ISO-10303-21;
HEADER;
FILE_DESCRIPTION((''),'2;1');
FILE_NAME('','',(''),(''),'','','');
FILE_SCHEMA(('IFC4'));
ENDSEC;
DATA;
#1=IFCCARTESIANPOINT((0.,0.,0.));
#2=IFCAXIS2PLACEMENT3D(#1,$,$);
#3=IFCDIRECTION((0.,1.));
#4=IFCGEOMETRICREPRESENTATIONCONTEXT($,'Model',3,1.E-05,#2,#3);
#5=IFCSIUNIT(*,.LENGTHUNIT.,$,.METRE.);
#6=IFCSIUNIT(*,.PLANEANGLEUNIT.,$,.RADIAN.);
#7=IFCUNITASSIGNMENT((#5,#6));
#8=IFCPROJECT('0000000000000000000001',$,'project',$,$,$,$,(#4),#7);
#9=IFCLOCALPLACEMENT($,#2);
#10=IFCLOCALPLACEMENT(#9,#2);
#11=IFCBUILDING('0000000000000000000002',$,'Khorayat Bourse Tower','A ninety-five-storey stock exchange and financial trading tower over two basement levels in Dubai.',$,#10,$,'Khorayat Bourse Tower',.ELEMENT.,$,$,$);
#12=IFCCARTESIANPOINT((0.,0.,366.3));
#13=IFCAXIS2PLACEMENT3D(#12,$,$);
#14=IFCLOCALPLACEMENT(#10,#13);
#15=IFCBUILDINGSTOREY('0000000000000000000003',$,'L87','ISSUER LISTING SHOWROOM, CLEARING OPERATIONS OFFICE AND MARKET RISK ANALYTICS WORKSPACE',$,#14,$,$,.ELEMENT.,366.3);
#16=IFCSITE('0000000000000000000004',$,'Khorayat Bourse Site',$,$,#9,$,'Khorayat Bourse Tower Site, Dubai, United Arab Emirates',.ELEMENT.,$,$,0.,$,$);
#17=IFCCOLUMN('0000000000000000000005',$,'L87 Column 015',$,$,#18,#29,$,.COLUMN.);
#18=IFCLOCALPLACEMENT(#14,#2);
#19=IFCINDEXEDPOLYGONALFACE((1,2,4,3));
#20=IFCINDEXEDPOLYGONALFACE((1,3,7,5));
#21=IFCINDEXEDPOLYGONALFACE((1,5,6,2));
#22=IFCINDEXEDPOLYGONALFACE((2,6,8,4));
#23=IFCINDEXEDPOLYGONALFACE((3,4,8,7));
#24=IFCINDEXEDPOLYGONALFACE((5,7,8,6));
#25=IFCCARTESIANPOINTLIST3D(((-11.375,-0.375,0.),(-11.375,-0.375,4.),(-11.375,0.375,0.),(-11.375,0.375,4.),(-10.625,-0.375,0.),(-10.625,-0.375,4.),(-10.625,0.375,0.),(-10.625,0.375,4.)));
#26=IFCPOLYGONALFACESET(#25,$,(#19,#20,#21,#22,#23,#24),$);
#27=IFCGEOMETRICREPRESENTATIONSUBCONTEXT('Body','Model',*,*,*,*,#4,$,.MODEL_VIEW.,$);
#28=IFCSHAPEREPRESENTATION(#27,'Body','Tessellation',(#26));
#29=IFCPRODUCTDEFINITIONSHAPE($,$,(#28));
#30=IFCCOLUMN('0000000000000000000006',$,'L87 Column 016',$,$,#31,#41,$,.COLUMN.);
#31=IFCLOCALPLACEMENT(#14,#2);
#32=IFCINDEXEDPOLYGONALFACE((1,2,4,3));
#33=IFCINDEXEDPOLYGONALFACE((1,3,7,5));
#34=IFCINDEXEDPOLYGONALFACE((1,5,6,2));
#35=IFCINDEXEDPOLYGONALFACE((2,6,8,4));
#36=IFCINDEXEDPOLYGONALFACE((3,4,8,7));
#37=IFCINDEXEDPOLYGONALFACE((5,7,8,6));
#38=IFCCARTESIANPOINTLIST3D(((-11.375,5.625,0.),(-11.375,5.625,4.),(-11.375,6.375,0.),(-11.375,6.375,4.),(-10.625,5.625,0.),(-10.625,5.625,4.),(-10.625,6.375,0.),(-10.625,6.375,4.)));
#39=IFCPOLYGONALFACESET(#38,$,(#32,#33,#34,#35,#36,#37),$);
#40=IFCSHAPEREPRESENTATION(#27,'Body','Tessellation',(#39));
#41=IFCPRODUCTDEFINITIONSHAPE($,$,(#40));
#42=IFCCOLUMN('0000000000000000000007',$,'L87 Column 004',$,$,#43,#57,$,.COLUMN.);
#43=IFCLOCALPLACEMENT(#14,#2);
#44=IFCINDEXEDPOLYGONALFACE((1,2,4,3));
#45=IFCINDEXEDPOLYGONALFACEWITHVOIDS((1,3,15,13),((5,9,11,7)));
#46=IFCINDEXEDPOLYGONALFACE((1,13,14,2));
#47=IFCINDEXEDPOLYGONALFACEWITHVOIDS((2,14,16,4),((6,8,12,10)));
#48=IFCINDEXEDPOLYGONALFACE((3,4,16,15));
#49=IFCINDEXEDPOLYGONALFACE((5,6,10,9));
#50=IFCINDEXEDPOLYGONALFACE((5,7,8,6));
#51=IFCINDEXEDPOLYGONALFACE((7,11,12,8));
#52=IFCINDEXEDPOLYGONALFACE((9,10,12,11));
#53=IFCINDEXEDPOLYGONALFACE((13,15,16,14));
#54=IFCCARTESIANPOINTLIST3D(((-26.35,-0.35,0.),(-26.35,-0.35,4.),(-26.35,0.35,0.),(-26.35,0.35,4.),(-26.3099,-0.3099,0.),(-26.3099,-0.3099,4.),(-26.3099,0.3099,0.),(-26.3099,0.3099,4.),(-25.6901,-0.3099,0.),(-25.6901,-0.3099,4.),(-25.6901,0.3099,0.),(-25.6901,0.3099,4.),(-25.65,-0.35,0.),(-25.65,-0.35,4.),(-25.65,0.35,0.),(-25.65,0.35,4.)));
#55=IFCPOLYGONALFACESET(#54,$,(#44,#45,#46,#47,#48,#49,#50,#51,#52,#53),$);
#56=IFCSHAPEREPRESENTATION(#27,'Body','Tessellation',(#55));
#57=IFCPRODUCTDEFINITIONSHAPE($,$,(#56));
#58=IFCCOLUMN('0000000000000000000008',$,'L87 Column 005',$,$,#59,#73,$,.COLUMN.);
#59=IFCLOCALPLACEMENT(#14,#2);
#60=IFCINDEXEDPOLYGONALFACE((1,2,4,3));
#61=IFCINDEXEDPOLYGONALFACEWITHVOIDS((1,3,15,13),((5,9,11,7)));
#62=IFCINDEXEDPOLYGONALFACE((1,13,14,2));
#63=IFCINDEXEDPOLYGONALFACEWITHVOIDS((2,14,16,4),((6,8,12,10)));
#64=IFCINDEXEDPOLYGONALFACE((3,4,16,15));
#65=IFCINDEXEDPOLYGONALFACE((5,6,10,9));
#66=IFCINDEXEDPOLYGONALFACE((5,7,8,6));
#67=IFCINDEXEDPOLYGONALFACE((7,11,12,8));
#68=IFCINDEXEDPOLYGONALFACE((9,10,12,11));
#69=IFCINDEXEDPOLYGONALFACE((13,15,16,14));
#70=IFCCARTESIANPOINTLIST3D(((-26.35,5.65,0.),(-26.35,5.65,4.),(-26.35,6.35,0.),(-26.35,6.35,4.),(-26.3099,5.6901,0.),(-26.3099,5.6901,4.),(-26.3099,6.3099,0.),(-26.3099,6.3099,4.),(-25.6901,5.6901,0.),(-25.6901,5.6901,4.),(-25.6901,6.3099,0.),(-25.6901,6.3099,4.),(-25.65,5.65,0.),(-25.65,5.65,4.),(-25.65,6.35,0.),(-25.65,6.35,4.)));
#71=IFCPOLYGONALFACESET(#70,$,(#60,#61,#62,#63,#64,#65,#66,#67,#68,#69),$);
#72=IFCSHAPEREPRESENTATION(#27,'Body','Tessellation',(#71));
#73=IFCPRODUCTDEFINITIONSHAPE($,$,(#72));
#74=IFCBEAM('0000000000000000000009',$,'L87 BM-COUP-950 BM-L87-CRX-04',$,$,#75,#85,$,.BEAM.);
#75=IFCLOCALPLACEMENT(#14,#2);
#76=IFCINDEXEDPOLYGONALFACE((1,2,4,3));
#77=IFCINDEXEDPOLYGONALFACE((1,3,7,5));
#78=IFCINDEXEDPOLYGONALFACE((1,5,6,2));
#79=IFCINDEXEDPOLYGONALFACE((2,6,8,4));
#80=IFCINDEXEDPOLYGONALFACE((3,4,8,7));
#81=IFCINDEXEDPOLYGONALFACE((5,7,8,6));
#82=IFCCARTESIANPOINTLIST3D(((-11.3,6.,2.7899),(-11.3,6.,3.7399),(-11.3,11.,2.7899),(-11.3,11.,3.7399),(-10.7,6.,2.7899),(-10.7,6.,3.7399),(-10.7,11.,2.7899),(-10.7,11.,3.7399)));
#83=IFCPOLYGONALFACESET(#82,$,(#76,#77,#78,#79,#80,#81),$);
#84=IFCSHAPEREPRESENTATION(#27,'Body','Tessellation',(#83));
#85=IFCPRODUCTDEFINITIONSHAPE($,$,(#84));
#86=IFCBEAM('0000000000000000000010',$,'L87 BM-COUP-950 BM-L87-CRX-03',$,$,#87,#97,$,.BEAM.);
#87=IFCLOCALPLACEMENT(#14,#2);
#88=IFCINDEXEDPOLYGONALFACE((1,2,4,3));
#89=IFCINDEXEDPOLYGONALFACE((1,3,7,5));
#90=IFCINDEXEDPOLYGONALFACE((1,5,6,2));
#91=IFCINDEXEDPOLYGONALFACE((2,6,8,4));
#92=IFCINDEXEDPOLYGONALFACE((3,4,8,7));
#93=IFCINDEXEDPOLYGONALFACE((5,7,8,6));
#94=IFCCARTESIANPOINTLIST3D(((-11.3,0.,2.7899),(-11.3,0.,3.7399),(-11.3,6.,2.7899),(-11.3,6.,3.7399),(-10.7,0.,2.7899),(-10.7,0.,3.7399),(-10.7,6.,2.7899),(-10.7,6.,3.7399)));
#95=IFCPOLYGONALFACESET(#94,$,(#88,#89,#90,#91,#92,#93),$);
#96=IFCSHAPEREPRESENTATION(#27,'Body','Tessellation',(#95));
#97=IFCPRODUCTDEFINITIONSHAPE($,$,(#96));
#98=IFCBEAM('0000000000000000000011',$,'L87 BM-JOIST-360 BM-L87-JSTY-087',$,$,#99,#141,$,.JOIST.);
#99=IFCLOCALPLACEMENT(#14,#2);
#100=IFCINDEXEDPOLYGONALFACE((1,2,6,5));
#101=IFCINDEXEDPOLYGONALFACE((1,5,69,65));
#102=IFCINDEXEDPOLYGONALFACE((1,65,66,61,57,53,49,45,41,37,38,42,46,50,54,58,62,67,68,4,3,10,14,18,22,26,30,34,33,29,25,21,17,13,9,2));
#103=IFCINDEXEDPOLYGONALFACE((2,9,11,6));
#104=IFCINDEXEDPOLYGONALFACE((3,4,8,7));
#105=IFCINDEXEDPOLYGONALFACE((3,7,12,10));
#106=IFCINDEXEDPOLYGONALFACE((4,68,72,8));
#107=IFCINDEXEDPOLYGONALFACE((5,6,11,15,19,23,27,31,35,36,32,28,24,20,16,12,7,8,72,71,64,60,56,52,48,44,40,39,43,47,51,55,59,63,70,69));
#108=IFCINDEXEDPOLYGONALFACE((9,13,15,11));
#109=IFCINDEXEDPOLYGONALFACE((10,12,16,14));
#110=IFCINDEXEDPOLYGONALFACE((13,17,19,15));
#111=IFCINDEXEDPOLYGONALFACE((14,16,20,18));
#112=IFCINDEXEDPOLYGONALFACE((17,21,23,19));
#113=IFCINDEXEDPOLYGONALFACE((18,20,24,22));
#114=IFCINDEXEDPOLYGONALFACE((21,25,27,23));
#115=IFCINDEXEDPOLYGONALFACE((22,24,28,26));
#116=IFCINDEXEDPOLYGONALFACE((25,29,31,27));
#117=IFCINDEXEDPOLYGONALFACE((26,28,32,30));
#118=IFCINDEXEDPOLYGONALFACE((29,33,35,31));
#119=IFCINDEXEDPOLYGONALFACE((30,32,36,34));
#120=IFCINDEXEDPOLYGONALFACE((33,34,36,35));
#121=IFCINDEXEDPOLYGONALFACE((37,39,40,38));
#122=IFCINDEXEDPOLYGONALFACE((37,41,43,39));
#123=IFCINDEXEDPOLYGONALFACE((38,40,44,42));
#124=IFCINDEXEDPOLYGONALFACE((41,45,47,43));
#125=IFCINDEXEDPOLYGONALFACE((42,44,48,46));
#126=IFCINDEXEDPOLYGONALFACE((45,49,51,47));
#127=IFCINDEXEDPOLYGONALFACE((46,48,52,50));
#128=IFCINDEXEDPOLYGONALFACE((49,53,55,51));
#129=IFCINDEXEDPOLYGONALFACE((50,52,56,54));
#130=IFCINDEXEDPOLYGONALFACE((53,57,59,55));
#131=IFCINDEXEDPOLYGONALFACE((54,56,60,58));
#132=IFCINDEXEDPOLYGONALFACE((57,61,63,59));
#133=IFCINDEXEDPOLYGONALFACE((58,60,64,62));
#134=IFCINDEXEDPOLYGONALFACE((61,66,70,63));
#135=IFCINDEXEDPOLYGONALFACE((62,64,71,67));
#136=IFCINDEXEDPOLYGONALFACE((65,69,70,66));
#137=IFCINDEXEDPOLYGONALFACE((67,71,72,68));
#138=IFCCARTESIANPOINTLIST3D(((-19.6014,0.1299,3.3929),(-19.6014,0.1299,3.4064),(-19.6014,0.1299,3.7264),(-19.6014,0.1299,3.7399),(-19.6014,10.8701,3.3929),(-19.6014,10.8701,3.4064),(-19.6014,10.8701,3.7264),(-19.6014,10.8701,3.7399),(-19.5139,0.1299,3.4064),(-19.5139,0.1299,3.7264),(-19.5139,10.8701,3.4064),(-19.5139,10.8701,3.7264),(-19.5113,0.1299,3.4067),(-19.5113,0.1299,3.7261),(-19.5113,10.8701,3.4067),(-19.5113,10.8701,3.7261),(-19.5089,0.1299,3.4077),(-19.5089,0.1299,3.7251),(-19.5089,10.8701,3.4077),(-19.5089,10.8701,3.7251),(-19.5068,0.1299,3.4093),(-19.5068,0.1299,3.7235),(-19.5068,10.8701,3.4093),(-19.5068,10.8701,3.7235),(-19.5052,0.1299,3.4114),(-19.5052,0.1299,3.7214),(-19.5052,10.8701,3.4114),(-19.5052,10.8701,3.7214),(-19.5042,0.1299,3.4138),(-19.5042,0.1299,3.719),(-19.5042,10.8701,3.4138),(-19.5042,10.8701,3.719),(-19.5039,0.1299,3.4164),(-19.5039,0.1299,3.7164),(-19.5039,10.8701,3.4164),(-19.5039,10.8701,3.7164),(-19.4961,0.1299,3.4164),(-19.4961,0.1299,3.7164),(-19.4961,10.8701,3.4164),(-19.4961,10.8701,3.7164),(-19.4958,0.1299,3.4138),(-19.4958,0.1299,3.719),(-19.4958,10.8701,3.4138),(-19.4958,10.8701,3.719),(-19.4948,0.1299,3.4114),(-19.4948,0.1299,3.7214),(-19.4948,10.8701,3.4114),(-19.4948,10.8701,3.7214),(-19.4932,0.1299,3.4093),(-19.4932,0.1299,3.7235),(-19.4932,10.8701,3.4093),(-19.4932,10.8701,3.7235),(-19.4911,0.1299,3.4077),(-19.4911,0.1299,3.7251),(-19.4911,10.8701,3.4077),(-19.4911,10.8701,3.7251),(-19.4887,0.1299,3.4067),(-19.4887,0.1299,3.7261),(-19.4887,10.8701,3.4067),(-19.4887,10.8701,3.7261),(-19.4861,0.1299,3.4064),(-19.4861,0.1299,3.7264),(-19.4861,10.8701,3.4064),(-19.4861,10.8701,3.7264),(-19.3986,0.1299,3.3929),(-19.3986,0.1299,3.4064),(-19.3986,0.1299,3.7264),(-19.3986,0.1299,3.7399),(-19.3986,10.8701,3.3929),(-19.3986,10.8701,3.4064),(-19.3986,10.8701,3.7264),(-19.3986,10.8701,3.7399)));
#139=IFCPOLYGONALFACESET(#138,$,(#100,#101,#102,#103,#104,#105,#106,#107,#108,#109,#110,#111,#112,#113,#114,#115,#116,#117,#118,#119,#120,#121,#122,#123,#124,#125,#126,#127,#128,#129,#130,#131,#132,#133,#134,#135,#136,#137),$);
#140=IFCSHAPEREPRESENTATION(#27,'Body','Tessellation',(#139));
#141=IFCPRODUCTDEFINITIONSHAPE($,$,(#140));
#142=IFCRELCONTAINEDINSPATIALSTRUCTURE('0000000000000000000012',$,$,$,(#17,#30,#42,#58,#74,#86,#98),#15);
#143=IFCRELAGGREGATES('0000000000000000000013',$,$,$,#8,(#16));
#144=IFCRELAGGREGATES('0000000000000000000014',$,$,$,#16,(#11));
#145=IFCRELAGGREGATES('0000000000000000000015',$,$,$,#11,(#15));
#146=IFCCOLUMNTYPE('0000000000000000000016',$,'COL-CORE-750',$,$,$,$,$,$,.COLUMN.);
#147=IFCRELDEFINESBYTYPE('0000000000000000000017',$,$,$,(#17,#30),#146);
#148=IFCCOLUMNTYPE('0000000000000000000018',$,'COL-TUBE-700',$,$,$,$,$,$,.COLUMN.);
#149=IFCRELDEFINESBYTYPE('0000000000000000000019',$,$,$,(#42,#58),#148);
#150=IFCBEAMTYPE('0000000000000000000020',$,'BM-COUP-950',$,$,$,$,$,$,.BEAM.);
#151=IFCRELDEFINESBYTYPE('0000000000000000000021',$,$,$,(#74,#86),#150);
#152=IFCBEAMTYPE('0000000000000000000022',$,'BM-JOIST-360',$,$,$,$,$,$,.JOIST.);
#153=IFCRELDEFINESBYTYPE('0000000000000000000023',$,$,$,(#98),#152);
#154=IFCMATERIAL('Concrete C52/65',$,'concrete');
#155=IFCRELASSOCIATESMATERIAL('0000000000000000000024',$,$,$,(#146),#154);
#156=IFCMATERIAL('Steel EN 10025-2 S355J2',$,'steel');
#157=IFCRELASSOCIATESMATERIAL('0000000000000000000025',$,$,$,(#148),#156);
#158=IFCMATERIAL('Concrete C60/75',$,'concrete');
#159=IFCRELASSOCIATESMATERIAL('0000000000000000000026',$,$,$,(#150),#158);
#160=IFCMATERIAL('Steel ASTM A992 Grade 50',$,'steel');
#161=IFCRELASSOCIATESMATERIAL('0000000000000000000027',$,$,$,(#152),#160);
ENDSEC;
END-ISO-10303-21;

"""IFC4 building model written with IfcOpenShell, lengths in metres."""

from ifc_helpers import new_model, si_unit, direction, frame, origin, origin_2d, place, context, subcontext, project, spatial, rectangle, hollow_rectangle, i_section, extrude, source, transform, mapped, material, material_profile, profile_set, type_object, element, save


model = new_model("IFC4")

# Units and contexts
model_context = context("Model", 3, precision=1e-05, world=origin(), true_north=direction((0.0, 1.0)))
body_context = subcontext(model_context, "Body", "Model", "MODEL_VIEW")
ifc_project = project(units=[si_unit("LENGTHUNIT", "METRE"), si_unit("PLANEANGLEUNIT", "RADIAN")], contexts=[model_context])

# Site, building, storey
site_placement = place(None, origin())
site = spatial("IfcSite", under=ifc_project, at=site_placement, Name="Khorayat Bourse Site", LongName="Khorayat Bourse Tower Site, Dubai, United Arab Emirates", CompositionType="ELEMENT", RefElevation=0.0)
building_placement = place(site_placement, origin())
building = spatial("IfcBuilding", under=site, at=building_placement, Name="Khorayat Bourse Tower", Description="A ninety-five-storey stock exchange and financial trading tower over two basement levels in Dubai.", LongName="Khorayat Bourse Tower", CompositionType="ELEMENT")
storey_placement = place(building_placement, frame((0.0, 0.0, 366.3)))
storey = spatial("IfcBuildingStorey", under=building, at=storey_placement, Name="L87", Description="ISSUER LISTING SHOWROOM, CLEARING OPERATIONS OFFICE AND MARKET RISK ANALYTICS WORKSPACE", CompositionType="ELEMENT", Elevation=366.3)

# Columns
ifc_material_1 = material(Name="Concrete C52/65", Category="concrete")
ifc_material_profile_1 = material_profile(ifc_material_1, rectangle(XDim=0.75, YDim=0.75, at=origin_2d()), Name="RC 750x750")
ifc_profile_set_1 = profile_set([ifc_material_profile_1], Name="Concrete C52/65")
column_type_1 = type_object("IfcColumnType", Name="COL-CORE-750", PredefinedType="COLUMN", material=ifc_profile_set_1)
shared_shape_1 = source(origin(), body_context, "Body", "SweptSolid", [
    extrude(rectangle(XDim=0.75, YDim=0.75, at=origin_2d()), origin(), (0.0, 0.0, 1.0), 4.0),
])
for number, where, z_axis, x_axis, name in (
    (1, (-11.0, 0.0, 0.0), (0.0, 0.0, 1.0), (1.0, 0.0, 0.0), "L87 Column 015"),
    (2, (-11.0, 6.0, 0.0), (0.0, 0.0, 1.0), (1.0, 0.0, 0.0), "L87 Column 016"),
):
    element("IfcColumn", number, at=place(storey_placement, frame(where, z_axis=z_axis, x_axis=x_axis)), inside=storey, type_object=column_type_1, Name=name, PredefinedType="COLUMN", context=body_context, shape_type="MappedRepresentation", body=[
        mapped(shared_shape_1, transform((0.0, 0.0, 0.0), scale=1.0)),
    ])
ifc_material_2 = material(Name="Steel EN 10025-2 S355J2", Category="steel")
ifc_material_profile_2 = material_profile(ifc_material_2, hollow_rectangle(XDim=0.7, YDim=0.7, WallThickness=0.04, at=origin_2d()), Name="BOX 700x700x40")
ifc_profile_set_2 = profile_set([ifc_material_profile_2], Name="Steel EN 10025-2 S355J2")
column_type_2 = type_object("IfcColumnType", Name="COL-TUBE-700", PredefinedType="COLUMN", material=ifc_profile_set_2)
shared_shape_2 = source(origin(), body_context, "Body", "SweptSolid", [
    extrude(hollow_rectangle(XDim=0.7, YDim=0.7, WallThickness=0.04, at=origin_2d()), origin(), (0.0, 0.0, 1.0), 4.0),
])
for number, where, z_axis, x_axis, name in (
    (3, (-26.0, 0.0, 0.0), (0.0, 0.0, 1.0), (1.0, 0.0, 0.0), "L87 Column 004"),
    (4, (-26.0, 6.0, 0.0), (0.0, 0.0, 1.0), (1.0, 0.0, 0.0), "L87 Column 005"),
):
    element("IfcColumn", number, at=place(storey_placement, frame(where, z_axis=z_axis, x_axis=x_axis)), inside=storey, type_object=column_type_2, Name=name, PredefinedType="COLUMN", context=body_context, shape_type="MappedRepresentation", body=[
        mapped(shared_shape_2, transform((0.0, 0.0, 0.0), scale=1.0)),
    ])

# Beams
ifc_material_3 = material(Name="Concrete C60/75", Category="concrete")
ifc_material_profile_3 = material_profile(ifc_material_3, rectangle(XDim=0.6001, YDim=0.95, at=origin_2d()), Name="RC 600x950")
ifc_profile_set_3 = profile_set([ifc_material_profile_3], Name="Concrete C60/75")
beam_type_1 = type_object("IfcBeamType", Name="BM-COUP-950", PredefinedType="BEAM", material=ifc_profile_set_3)
shared_shape_3 = source(origin(), body_context, "Body", "SweptSolid", [
    extrude(rectangle(XDim=0.6001, YDim=0.95, at=origin_2d()), origin(), (0.0, 0.0, 1.0), 5.0),
])
beam_1_placement = place(storey_placement, frame((-11.0, 6.0, 3.2649), z_axis=(0.0, 1.0, 0.0), x_axis=(-1.0, 0.0, 0.0)))
element("IfcBeam", 5, at=beam_1_placement, inside=storey, type_object=beam_type_1, Name="L87 BM-COUP-950 BM-L87-CRX-04", PredefinedType="BEAM", context=body_context, shape_type="MappedRepresentation", body=[
    mapped(shared_shape_3, transform((0.0, 0.0, 0.0), scale=1.0)),
])
shared_shape_4 = source(origin(), body_context, "Body", "SweptSolid", [
    extrude(rectangle(XDim=0.6001, YDim=0.95, at=origin_2d()), origin(), (0.0, 0.0, 1.0), 6.0),
])
beam_2_placement = place(storey_placement, frame((-11.0, 0.0, 3.2649), z_axis=(0.0, 1.0, 0.0), x_axis=(-1.0, 0.0, 0.0)))
element("IfcBeam", 6, at=beam_2_placement, inside=storey, type_object=beam_type_1, Name="L87 BM-COUP-950 BM-L87-CRX-03", PredefinedType="BEAM", context=body_context, shape_type="MappedRepresentation", body=[
    mapped(shared_shape_4, transform((0.0, 0.0, 0.0), scale=1.0)),
])
ifc_material_4 = material(Name="Steel ASTM A992 Grade 50", Category="steel")
ifc_material_profile_4 = material_profile(ifc_material_4, i_section(OverallWidth=0.2029, OverallDepth=0.3469, WebThickness=0.0078, FlangeThickness=0.0134, FilletRadius=0.01, at=origin_2d()), Name="W360X64")
ifc_profile_set_4 = profile_set([ifc_material_profile_4], Name="Steel ASTM A992 Grade 50")
beam_type_2 = type_object("IfcBeamType", Name="BM-JOIST-360", PredefinedType="JOIST", material=ifc_profile_set_4)
shared_shape_5 = source(origin(), body_context, "Body", "SweptSolid", [
    extrude(i_section(OverallWidth=0.2029, OverallDepth=0.3469, WebThickness=0.0078, FlangeThickness=0.0134, FilletRadius=0.01, at=origin_2d()), origin(), (0.0, 0.0, 1.0), 10.7402),
])
beam_3_placement = place(storey_placement, frame((-19.5, 0.1299, 3.5664), z_axis=(0.0, 1.0, 0.0), x_axis=(-1.0, 0.0, 0.0)))
element("IfcBeam", 7, at=beam_3_placement, inside=storey, type_object=beam_type_2, Name="L87 BM-JOIST-360 BM-L87-JSTY-087", PredefinedType="JOIST", context=body_context, shape_type="MappedRepresentation", body=[
    mapped(shared_shape_5, transform((0.0, 0.0, 0.0), scale=1.0)),
])

save(model, "model.ifc")
